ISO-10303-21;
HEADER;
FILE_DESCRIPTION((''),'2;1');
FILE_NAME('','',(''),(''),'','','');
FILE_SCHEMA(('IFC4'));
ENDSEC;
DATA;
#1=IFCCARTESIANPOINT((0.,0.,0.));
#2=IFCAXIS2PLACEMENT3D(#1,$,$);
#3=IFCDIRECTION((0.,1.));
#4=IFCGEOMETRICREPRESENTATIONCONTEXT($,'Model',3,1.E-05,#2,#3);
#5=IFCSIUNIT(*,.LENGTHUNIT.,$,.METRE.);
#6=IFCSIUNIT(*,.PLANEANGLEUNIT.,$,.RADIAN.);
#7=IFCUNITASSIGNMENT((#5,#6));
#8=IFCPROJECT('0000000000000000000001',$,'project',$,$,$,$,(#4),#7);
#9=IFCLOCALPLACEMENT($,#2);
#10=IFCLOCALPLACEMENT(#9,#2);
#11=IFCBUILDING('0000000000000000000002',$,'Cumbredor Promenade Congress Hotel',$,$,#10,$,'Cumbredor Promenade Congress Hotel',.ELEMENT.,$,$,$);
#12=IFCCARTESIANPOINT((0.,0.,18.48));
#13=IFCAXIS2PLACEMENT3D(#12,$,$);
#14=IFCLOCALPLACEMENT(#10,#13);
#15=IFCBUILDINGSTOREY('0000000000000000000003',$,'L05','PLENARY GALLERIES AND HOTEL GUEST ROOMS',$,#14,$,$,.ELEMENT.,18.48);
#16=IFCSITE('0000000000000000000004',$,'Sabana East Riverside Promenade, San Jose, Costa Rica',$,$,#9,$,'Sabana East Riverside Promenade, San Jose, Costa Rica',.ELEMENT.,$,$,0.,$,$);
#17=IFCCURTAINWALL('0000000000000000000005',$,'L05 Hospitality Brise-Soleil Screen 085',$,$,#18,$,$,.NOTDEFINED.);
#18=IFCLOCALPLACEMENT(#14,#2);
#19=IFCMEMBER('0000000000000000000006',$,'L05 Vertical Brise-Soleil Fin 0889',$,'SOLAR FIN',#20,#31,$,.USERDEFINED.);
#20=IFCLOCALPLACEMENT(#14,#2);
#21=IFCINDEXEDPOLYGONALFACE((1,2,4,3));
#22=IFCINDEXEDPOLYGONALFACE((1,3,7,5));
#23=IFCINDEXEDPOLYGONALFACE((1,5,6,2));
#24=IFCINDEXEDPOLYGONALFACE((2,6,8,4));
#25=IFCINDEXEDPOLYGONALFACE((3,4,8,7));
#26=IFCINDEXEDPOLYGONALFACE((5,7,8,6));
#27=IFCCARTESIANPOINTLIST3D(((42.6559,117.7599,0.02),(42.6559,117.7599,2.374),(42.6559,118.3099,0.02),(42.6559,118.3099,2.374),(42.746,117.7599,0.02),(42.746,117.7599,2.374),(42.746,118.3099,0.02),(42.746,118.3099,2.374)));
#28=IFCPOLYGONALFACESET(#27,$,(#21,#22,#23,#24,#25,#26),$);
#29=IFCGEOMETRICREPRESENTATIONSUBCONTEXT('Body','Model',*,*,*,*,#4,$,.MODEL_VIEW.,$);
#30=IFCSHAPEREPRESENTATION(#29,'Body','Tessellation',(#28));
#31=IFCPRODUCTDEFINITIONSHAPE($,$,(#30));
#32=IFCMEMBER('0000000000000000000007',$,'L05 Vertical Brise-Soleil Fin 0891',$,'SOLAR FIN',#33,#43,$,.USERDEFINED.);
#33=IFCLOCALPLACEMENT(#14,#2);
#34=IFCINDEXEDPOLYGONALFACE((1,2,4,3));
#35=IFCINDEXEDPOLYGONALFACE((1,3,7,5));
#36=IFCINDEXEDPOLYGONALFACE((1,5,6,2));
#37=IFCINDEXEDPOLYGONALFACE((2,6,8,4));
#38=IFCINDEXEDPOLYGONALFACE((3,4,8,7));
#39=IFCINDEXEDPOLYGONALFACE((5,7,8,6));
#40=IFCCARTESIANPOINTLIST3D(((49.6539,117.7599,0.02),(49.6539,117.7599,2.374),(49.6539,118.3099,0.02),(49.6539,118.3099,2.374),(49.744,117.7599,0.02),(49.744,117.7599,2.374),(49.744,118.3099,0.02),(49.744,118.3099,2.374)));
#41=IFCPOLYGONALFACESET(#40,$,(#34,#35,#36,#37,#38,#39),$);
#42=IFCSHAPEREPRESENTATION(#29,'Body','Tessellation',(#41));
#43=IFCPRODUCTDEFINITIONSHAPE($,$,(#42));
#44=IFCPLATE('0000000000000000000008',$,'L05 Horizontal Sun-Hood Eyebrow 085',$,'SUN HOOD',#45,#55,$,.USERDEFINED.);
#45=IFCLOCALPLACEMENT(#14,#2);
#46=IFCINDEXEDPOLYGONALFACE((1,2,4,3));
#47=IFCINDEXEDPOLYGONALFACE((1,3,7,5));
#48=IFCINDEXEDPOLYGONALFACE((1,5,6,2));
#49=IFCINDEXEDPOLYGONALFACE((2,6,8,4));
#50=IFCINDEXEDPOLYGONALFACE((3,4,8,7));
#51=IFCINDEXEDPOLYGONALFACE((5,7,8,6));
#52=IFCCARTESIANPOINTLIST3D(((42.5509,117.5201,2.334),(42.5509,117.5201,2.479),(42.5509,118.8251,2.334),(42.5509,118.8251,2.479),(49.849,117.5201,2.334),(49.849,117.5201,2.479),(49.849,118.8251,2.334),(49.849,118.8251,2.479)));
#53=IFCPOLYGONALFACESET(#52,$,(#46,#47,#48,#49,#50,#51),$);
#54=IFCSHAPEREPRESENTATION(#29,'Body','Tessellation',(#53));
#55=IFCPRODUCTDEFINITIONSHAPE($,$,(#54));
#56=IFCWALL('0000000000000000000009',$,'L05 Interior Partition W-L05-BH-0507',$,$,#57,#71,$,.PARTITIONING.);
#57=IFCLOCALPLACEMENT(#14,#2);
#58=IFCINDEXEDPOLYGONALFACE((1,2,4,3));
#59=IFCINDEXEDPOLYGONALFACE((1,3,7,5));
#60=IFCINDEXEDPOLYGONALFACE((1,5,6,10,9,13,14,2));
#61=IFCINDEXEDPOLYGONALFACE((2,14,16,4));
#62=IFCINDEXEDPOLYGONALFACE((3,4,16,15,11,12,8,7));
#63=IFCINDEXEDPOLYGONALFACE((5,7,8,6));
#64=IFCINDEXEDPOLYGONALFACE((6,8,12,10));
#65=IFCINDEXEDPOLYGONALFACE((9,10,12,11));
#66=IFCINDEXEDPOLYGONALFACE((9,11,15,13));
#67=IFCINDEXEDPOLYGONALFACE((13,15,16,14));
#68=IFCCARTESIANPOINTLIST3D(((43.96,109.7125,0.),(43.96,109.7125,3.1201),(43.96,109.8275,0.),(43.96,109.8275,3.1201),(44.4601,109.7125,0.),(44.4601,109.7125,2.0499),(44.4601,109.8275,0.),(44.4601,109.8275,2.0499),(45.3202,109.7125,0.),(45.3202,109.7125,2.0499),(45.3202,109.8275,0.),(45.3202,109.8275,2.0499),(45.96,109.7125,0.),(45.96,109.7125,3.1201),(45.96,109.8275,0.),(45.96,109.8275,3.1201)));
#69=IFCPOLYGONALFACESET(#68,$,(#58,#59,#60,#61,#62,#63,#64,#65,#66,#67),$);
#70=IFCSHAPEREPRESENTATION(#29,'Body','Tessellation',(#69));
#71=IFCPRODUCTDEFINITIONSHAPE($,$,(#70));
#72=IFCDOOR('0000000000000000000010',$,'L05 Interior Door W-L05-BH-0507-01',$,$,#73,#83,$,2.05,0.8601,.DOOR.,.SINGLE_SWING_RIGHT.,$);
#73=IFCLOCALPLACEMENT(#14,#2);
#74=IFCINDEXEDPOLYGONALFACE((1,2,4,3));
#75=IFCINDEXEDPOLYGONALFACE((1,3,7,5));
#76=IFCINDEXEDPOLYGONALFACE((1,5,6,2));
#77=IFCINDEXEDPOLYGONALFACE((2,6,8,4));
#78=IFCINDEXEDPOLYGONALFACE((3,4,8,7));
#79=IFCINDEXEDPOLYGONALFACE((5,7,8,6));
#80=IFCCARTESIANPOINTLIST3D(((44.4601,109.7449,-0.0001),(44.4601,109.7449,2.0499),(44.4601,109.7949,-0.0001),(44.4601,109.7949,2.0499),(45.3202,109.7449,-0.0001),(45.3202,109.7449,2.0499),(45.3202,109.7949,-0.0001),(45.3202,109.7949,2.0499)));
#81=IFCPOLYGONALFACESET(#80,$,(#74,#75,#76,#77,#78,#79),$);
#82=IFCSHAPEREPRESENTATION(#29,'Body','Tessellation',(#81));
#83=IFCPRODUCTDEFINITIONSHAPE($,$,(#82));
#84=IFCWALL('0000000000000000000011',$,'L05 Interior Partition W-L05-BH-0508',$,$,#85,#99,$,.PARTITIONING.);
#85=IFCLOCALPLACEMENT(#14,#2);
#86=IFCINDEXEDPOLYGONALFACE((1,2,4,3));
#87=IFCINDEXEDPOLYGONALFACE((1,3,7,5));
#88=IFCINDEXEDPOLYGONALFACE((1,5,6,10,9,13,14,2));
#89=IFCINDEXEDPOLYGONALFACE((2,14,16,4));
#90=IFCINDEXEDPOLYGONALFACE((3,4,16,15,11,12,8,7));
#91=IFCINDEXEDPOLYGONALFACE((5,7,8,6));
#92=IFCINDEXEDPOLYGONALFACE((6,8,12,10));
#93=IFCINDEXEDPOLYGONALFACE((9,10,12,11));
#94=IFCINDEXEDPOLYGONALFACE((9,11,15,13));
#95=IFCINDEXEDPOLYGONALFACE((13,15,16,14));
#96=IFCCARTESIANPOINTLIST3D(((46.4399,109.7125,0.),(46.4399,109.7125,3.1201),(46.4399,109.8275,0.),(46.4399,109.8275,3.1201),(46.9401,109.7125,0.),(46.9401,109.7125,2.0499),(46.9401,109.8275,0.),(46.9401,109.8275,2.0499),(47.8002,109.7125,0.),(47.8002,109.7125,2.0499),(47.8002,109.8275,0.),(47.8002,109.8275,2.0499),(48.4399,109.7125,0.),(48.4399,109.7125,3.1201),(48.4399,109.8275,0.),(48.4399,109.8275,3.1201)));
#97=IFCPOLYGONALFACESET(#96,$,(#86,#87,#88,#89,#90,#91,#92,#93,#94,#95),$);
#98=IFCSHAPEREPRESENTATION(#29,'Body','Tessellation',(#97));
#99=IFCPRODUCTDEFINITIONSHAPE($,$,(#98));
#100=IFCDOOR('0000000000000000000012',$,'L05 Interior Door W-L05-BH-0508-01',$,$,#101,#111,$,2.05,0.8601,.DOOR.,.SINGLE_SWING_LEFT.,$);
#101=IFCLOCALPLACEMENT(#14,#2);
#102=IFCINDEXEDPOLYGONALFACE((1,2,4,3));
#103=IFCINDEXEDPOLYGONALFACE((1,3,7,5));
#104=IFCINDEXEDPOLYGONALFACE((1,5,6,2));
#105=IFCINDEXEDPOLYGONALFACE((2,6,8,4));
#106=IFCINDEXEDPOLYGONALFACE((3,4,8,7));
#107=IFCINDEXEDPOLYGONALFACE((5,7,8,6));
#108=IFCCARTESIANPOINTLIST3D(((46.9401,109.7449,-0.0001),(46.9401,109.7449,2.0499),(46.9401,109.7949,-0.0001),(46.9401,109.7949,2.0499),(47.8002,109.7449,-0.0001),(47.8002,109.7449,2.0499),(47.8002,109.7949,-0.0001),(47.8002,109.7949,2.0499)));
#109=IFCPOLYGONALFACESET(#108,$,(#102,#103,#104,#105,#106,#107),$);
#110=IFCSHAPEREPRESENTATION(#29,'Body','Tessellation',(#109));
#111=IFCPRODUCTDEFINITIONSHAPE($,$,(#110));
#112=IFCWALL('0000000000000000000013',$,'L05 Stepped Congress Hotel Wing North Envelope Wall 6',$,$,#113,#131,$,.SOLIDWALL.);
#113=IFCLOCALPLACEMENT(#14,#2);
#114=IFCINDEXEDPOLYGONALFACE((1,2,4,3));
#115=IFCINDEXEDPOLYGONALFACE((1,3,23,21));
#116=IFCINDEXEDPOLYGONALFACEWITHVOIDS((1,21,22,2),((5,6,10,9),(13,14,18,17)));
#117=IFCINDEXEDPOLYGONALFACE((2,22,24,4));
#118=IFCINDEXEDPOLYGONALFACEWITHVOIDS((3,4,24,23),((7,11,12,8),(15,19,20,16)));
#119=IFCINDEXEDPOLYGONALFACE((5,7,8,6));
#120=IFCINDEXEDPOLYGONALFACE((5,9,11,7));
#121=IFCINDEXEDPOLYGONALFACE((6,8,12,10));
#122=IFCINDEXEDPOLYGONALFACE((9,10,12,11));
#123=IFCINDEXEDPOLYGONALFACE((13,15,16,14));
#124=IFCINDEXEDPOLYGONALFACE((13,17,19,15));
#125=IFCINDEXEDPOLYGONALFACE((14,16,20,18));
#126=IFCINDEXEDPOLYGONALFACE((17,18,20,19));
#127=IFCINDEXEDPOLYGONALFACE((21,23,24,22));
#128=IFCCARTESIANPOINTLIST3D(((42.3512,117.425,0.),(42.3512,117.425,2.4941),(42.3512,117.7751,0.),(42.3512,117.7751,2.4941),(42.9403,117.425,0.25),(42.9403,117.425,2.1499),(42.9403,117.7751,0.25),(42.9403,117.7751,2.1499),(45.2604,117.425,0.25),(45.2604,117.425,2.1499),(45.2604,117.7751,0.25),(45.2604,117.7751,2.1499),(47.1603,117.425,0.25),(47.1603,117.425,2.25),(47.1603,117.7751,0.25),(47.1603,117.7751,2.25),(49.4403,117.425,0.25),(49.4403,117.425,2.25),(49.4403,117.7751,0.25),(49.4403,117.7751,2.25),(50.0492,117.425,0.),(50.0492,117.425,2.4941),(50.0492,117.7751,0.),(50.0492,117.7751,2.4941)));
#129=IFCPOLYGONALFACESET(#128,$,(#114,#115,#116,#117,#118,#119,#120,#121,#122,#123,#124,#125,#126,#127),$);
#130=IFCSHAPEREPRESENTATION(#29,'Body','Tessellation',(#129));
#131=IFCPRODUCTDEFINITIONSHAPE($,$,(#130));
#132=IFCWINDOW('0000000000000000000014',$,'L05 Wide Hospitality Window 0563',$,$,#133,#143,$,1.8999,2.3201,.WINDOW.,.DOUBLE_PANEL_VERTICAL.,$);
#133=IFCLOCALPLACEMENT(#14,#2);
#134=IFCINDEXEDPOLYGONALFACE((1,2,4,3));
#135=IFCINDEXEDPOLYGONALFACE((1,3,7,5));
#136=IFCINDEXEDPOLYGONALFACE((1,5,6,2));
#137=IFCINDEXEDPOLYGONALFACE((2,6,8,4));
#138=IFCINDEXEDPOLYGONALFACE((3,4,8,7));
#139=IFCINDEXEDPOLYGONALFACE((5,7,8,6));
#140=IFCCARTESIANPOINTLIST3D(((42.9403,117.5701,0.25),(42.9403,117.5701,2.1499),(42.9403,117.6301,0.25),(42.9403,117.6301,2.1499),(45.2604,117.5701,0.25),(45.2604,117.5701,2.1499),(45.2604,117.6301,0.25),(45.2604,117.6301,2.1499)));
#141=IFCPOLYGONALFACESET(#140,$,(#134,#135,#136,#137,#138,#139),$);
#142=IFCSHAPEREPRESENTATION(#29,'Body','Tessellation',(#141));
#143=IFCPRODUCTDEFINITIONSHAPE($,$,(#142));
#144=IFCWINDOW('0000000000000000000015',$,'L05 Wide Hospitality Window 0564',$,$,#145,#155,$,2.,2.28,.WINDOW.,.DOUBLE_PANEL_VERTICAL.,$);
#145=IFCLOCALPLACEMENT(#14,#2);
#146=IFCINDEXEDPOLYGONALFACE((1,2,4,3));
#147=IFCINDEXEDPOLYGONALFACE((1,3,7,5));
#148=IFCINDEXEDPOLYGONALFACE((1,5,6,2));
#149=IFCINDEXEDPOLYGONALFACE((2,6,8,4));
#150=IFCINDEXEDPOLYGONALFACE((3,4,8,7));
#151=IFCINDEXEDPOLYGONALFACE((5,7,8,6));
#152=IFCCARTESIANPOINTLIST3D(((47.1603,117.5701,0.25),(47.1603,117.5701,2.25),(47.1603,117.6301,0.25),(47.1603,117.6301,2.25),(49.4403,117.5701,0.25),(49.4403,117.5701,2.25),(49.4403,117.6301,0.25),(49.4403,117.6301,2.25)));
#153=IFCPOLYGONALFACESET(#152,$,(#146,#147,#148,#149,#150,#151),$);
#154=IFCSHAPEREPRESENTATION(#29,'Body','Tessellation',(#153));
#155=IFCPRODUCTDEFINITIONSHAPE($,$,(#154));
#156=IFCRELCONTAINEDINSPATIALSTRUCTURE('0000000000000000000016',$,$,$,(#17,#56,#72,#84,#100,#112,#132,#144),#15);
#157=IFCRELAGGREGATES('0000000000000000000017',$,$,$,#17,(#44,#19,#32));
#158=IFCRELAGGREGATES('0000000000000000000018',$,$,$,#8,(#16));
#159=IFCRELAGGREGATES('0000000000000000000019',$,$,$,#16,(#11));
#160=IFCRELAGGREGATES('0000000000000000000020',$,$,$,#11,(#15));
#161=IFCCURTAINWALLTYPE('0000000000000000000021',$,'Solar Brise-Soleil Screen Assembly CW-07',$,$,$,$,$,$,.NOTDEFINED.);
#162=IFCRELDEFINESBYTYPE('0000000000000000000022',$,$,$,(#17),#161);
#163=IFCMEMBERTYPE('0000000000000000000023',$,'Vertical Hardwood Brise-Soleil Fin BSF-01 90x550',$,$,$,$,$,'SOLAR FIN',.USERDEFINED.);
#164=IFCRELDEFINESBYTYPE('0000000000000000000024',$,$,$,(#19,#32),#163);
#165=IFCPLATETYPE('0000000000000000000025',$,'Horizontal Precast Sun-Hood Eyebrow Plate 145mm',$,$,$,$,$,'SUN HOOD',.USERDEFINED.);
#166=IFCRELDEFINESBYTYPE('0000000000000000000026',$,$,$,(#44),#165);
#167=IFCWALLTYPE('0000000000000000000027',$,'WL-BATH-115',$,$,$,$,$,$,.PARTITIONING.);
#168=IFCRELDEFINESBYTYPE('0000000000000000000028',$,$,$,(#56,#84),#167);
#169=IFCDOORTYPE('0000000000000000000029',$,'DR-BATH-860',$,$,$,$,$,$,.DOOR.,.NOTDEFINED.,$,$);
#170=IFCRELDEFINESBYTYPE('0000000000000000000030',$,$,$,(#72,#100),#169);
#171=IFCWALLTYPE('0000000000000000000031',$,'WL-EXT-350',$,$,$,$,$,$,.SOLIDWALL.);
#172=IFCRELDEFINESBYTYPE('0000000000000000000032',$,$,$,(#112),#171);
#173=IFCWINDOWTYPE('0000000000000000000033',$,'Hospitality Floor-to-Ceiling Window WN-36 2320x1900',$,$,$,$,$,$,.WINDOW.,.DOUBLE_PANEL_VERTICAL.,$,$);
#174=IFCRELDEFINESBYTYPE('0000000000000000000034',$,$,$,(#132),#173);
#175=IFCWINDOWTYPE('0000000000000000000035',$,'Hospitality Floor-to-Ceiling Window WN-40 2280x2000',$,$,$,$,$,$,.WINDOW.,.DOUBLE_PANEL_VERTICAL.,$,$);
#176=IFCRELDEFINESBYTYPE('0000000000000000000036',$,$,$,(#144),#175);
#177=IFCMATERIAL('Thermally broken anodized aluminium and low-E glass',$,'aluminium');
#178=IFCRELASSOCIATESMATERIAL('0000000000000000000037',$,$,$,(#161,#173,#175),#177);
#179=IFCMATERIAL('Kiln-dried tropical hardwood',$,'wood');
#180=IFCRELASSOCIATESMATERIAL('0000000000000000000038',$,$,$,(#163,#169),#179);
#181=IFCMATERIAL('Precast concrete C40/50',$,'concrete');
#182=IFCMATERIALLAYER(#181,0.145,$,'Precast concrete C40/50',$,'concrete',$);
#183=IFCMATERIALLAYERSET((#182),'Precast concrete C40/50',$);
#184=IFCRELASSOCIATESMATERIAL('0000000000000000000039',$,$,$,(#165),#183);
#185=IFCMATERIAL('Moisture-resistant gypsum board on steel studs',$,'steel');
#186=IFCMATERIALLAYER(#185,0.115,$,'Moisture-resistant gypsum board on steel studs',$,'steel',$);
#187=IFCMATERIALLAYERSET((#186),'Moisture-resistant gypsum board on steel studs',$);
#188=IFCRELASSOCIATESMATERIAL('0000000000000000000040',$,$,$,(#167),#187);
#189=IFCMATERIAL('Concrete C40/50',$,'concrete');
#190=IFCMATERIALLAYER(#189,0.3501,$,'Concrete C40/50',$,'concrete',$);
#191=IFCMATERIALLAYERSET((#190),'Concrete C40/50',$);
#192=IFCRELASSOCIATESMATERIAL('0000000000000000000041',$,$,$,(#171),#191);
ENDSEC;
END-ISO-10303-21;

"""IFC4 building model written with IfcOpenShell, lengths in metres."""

from ifc_helpers import new_model, si_unit, direction, frame, frame_2d, origin, origin_2d, place, context, subcontext, project, spatial, rectangle, extrude, material, layer, layer_set, material_profile, profile_set, type_object, element, fill, aggregate, save


model = new_model("IFC4")

# Units and contexts
model_context = context("Model", 3, precision=1e-05, world=origin(), true_north=direction((0.0, 1.0)))
body_context = subcontext(model_context, "Body", "Model", "MODEL_VIEW")
ifc_project = project(units=[si_unit("LENGTHUNIT", "METRE"), si_unit("PLANEANGLEUNIT", "RADIAN")], contexts=[model_context])

# Site, building, storey
site_placement = place(None, origin())
site = spatial("IfcSite", under=ifc_project, at=site_placement, Name="Sabana East Riverside Promenade, San Jose, Costa Rica", LongName="Sabana East Riverside Promenade, San Jose, Costa Rica", CompositionType="ELEMENT", RefElevation=0.0)
building_placement = place(site_placement, origin())
building = spatial("IfcBuilding", under=site, at=building_placement, Name="Cumbredor Promenade Congress Hotel", LongName="Cumbredor Promenade Congress Hotel", CompositionType="ELEMENT")
storey_placement = place(building_placement, frame((0.0, 0.0, 18.48)))
storey = spatial("IfcBuildingStorey", under=building, at=storey_placement, Name="L05", Description="PLENARY GALLERIES AND HOTEL GUEST ROOMS", CompositionType="ELEMENT", Elevation=18.48)

# Shared definitions
ifc_material_1 = material(Name="Concrete C40/50", Category="concrete")

# Curtain wall
ifc_material_2 = material(Name="Thermally broken anodized aluminium and low-E glass", Category="aluminium")
curtain_wall_type = type_object("IfcCurtainWallType", Name="Solar Brise-Soleil Screen Assembly CW-07", PredefinedType="NOTDEFINED", material=ifc_material_2)
curtain_wall_placement = place(storey_placement, origin())
curtain_wall = element("IfcCurtainWall", 1, at=curtain_wall_placement, inside=storey, type_object=curtain_wall_type, Name="L05 Hospitality Brise-Soleil Screen 085", PredefinedType="NOTDEFINED")

# Members
ifc_material_3 = material(Name="Kiln-dried tropical hardwood", Category="wood")
ifc_material_profile_1 = material_profile(ifc_material_3, rectangle(XDim=0.0901, YDim=0.55, at=origin_2d()), Name="ARCH FIN 90x550")
ifc_profile_set_1 = profile_set([ifc_material_profile_1], Name="Kiln-dried tropical hardwood")
member_type_1 = type_object("IfcMemberType", Name="Vertical Hardwood Brise-Soleil Fin BSF-01 90x550", ElementType="SOLAR FIN", PredefinedType="USERDEFINED", material=ifc_profile_set_1)
member_1_placement = place(storey_placement, frame((42.7009, 118.0349, 0.02), z_axis=(0.0, 0.0, 1.0), x_axis=(1.0, 0.0, 0.0)))
member_1 = element("IfcMember", 2, at=member_1_placement, type_object=member_type_1, Name="L05 Vertical Brise-Soleil Fin 0889", ObjectType="SOLAR FIN", PredefinedType="USERDEFINED", context=body_context, shape_type="SweptSolid", body=[
    extrude(rectangle(XDim=0.0901, YDim=0.55, at=origin_2d()), origin(), (0.0, 0.0, 1.0), 2.354),
])
member_2_placement = place(storey_placement, frame((49.699, 118.0349, 0.02), z_axis=(0.0, 0.0, 1.0), x_axis=(1.0, 0.0, 0.0)))
member_2 = element("IfcMember", 3, at=member_2_placement, type_object=member_type_1, Name="L05 Vertical Brise-Soleil Fin 0891", ObjectType="SOLAR FIN", PredefinedType="USERDEFINED", context=body_context, shape_type="SweptSolid", body=[
    extrude(rectangle(XDim=0.0901, YDim=0.55, at=origin_2d()), origin(), (0.0, 0.0, 1.0), 2.354),
])

# Plate
ifc_material_4 = material(Name="Precast concrete C40/50", Category="concrete")
ifc_layer_1 = layer(ifc_material_4, 0.145, Name="Precast concrete C40/50", Category="concrete")
ifc_layer_set_1 = layer_set([ifc_layer_1], Name="Precast concrete C40/50")
plate_type = type_object("IfcPlateType", Name="Horizontal Precast Sun-Hood Eyebrow Plate 145mm", ElementType="SUN HOOD", PredefinedType="USERDEFINED", material=ifc_layer_set_1)
plate_placement = place(storey_placement, frame((46.2, 118.1726, 2.334), z_axis=(0.0, 0.0, 1.0), x_axis=(1.0, 0.0, 0.0)))
plate = element("IfcPlate", 4, at=plate_placement, type_object=plate_type, Name="L05 Horizontal Sun-Hood Eyebrow 085", ObjectType="SUN HOOD", PredefinedType="USERDEFINED", context=body_context, shape_type="SweptSolid", body=[
    extrude(rectangle(XDim=7.2981, YDim=1.3049, at=origin_2d()), origin(), (0.0, 0.0, 1.0), 0.145),
])
aggregate(curtain_wall, [plate, member_1, member_2])

# Walls, openings, doors
ifc_material_5 = material(Name="Moisture-resistant gypsum board on steel studs", Category="steel")
ifc_layer_2 = layer(ifc_material_5, 0.115, Name="Moisture-resistant gypsum board on steel studs", Category="steel")
ifc_layer_set_2 = layer_set([ifc_layer_2], Name="Moisture-resistant gypsum board on steel studs")
wall_type_1 = type_object("IfcWallType", Name="WL-BATH-115", PredefinedType="PARTITIONING", material=ifc_layer_set_2)
wall_1_placement = place(storey_placement, frame((43.96, 109.77, 0.0), z_axis=(0.0, 0.0, 1.0), x_axis=(1.0, 0.0, 0.0)))
wall_1 = element("IfcWall", 5, at=wall_1_placement, inside=storey, type_object=wall_type_1, Name="L05 Interior Partition W-L05-BH-0507", PredefinedType="PARTITIONING", context=body_context, shape_type="SweptSolid", body=[
    extrude(rectangle(XDim=2.0, YDim=0.115, at=frame_2d((1.0, 0.0))), origin(), (0.0, 0.0, 1.0), 3.1201),
])
opening_1_placement = place(wall_1_placement, frame((0.5, 0.0, 0.0)))
opening_1 = element("IfcOpeningElement", 6, at=opening_1_placement, cuts=wall_1, PredefinedType="OPENING", context=body_context, shape_type="SweptSolid", body=[
    extrude(rectangle(XDim=0.8601, YDim=2.05, at=frame_2d((0.4302, 1.0249))), frame((0.0, 0.0674, 0.0), z_axis=(0.0, -1.0, 0.0), x_axis=(1.0, 0.0, 0.0)), (0.0, 0.0, 1.0), 0.135),
])
door_type_1 = type_object("IfcDoorType", Name="DR-BATH-860", OperationType="NOTDEFINED", PredefinedType="DOOR", material=ifc_material_3)
door_1_placement = place(opening_1_placement, origin())
door_1 = element("IfcDoor", 7, at=door_1_placement, inside=storey, type_object=door_type_1, Name="L05 Interior Door W-L05-BH-0507-01", OperationType="SINGLE_SWING_RIGHT", OverallHeight=2.05, OverallWidth=0.8601, PredefinedType="DOOR", context=body_context, shape_type="SweptSolid", body=[
    extrude(rectangle(XDim=0.8601, YDim=2.05, at=frame_2d((0.4302, 1.0249))), frame((0.0, 0.0249, 0.0), z_axis=(0.0, -1.0, 0.0), x_axis=(1.0, 0.0, 0.0)), (0.0, 0.0, 1.0), 0.05),
])
fill(opening_1, door_1)
wall_2_placement = place(storey_placement, frame((46.4399, 109.77, 0.0), z_axis=(0.0, 0.0, 1.0), x_axis=(1.0, 0.0, 0.0)))
wall_2 = element("IfcWall", 8, at=wall_2_placement, inside=storey, type_object=wall_type_1, Name="L05 Interior Partition W-L05-BH-0508", PredefinedType="PARTITIONING", context=body_context, shape_type="SweptSolid", body=[
    extrude(rectangle(XDim=2.0, YDim=0.115, at=frame_2d((1.0, 0.0))), origin(), (0.0, 0.0, 1.0), 3.1201),
])
opening_2_placement = place(wall_2_placement, frame((0.5, 0.0, 0.0)))
opening_2 = element("IfcOpeningElement", 9, at=opening_2_placement, cuts=wall_2, PredefinedType="OPENING", context=body_context, shape_type="SweptSolid", body=[
    extrude(rectangle(XDim=0.8601, YDim=2.05, at=frame_2d((0.4302, 1.0249))), frame((0.0, 0.0674, 0.0), z_axis=(0.0, -1.0, 0.0), x_axis=(1.0, 0.0, 0.0)), (0.0, 0.0, 1.0), 0.135),
])
door_2_placement = place(opening_2_placement, origin())
door_2 = element("IfcDoor", 10, at=door_2_placement, inside=storey, type_object=door_type_1, Name="L05 Interior Door W-L05-BH-0508-01", OperationType="SINGLE_SWING_LEFT", OverallHeight=2.05, OverallWidth=0.8601, PredefinedType="DOOR", context=body_context, shape_type="SweptSolid", body=[
    extrude(rectangle(XDim=0.8601, YDim=2.05, at=frame_2d((0.4302, 1.0249))), frame((0.0, 0.0249, 0.0), z_axis=(0.0, -1.0, 0.0), x_axis=(1.0, 0.0, 0.0)), (0.0, 0.0, 1.0), 0.05),
])
fill(opening_2, door_2)

# Wall, openings, windows
ifc_layer_3 = layer(ifc_material_1, 0.3501, Name="Concrete C40/50", Category="concrete")
ifc_layer_set_3 = layer_set([ifc_layer_3], Name="Concrete C40/50")
wall_type_2 = type_object("IfcWallType", Name="WL-EXT-350", PredefinedType="SOLIDWALL", material=ifc_layer_set_3)
wall_3_placement = place(storey_placement, frame((42.3511, 117.6001, 0.0), z_axis=(0.0, 0.0, 1.0), x_axis=(1.0, 0.0, 0.0)))
wall_3 = element("IfcWall", 11, at=wall_3_placement, inside=storey, type_object=wall_type_2, Name="L05 Stepped Congress Hotel Wing North Envelope Wall 6", PredefinedType="SOLIDWALL", context=body_context, shape_type="SweptSolid", body=[
    extrude(rectangle(XDim=7.698, YDim=0.3501, at=frame_2d((3.8491, 0.0))), origin(), (0.0, 0.0, 1.0), 2.4941),
])
opening_3_placement = place(wall_3_placement, frame((0.5891, 0.0, 0.25)))
opening_3 = element("IfcOpeningElement", 12, at=opening_3_placement, cuts=wall_3, PredefinedType="OPENING", context=body_context, shape_type="SweptSolid", body=[
    extrude(rectangle(XDim=2.3201, YDim=1.8999, at=frame_2d((1.1602, 0.95))), frame((0.0, 0.1851, 0.0), z_axis=(0.0, -1.0, 0.0), x_axis=(1.0, 0.0, 0.0)), (0.0, 0.0, 1.0), 0.3701),
])
opening_4_placement = place(wall_3_placement, frame((4.8091, 0.0, 0.25)))
opening_4 = element("IfcOpeningElement", 13, at=opening_4_placement, cuts=wall_3, PredefinedType="OPENING", context=body_context, shape_type="SweptSolid", body=[
    extrude(rectangle(XDim=2.28, YDim=2.0, at=frame_2d((1.1401, 1.0))), frame((0.0, 0.1851, 0.0), z_axis=(0.0, -1.0, 0.0), x_axis=(1.0, 0.0, 0.0)), (0.0, 0.0, 1.0), 0.3701),
])
window_type_1 = type_object("IfcWindowType", Name="Hospitality Floor-to-Ceiling Window WN-36 2320x1900", PartitioningType="DOUBLE_PANEL_VERTICAL", PredefinedType="WINDOW", material=ifc_material_2)
window_1_placement = place(opening_3_placement, origin())
window_1 = element("IfcWindow", 14, at=window_1_placement, inside=storey, type_object=window_type_1, Name="L05 Wide Hospitality Window 0563", OverallHeight=1.8999, OverallWidth=2.3201, PartitioningType="DOUBLE_PANEL_VERTICAL", PredefinedType="WINDOW", context=body_context, shape_type="SweptSolid", body=[
    extrude(rectangle(XDim=2.3201, YDim=1.8999, at=frame_2d((1.1602, 0.95))), frame((0.0, 0.03, 0.0), z_axis=(0.0, -1.0, 0.0), x_axis=(1.0, 0.0, 0.0)), (0.0, 0.0, 1.0), 0.0601),
])
fill(opening_3, window_1)
window_type_2 = type_object("IfcWindowType", Name="Hospitality Floor-to-Ceiling Window WN-40 2280x2000", PartitioningType="DOUBLE_PANEL_VERTICAL", PredefinedType="WINDOW", material=ifc_material_2)
window_2_placement = place(opening_4_placement, origin())
window_2 = element("IfcWindow", 15, at=window_2_placement, inside=storey, type_object=window_type_2, Name="L05 Wide Hospitality Window 0564", OverallHeight=2.0, OverallWidth=2.28, PartitioningType="DOUBLE_PANEL_VERTICAL", PredefinedType="WINDOW", context=body_context, shape_type="SweptSolid", body=[
    extrude(rectangle(XDim=2.28, YDim=2.0, at=frame_2d((1.1401, 1.0))), frame((0.0, 0.03, 0.0), z_axis=(0.0, -1.0, 0.0), x_axis=(1.0, 0.0, 0.0)), (0.0, 0.0, 1.0), 0.0601),
])
fill(opening_4, window_2)

save(model, "model.ifc")
